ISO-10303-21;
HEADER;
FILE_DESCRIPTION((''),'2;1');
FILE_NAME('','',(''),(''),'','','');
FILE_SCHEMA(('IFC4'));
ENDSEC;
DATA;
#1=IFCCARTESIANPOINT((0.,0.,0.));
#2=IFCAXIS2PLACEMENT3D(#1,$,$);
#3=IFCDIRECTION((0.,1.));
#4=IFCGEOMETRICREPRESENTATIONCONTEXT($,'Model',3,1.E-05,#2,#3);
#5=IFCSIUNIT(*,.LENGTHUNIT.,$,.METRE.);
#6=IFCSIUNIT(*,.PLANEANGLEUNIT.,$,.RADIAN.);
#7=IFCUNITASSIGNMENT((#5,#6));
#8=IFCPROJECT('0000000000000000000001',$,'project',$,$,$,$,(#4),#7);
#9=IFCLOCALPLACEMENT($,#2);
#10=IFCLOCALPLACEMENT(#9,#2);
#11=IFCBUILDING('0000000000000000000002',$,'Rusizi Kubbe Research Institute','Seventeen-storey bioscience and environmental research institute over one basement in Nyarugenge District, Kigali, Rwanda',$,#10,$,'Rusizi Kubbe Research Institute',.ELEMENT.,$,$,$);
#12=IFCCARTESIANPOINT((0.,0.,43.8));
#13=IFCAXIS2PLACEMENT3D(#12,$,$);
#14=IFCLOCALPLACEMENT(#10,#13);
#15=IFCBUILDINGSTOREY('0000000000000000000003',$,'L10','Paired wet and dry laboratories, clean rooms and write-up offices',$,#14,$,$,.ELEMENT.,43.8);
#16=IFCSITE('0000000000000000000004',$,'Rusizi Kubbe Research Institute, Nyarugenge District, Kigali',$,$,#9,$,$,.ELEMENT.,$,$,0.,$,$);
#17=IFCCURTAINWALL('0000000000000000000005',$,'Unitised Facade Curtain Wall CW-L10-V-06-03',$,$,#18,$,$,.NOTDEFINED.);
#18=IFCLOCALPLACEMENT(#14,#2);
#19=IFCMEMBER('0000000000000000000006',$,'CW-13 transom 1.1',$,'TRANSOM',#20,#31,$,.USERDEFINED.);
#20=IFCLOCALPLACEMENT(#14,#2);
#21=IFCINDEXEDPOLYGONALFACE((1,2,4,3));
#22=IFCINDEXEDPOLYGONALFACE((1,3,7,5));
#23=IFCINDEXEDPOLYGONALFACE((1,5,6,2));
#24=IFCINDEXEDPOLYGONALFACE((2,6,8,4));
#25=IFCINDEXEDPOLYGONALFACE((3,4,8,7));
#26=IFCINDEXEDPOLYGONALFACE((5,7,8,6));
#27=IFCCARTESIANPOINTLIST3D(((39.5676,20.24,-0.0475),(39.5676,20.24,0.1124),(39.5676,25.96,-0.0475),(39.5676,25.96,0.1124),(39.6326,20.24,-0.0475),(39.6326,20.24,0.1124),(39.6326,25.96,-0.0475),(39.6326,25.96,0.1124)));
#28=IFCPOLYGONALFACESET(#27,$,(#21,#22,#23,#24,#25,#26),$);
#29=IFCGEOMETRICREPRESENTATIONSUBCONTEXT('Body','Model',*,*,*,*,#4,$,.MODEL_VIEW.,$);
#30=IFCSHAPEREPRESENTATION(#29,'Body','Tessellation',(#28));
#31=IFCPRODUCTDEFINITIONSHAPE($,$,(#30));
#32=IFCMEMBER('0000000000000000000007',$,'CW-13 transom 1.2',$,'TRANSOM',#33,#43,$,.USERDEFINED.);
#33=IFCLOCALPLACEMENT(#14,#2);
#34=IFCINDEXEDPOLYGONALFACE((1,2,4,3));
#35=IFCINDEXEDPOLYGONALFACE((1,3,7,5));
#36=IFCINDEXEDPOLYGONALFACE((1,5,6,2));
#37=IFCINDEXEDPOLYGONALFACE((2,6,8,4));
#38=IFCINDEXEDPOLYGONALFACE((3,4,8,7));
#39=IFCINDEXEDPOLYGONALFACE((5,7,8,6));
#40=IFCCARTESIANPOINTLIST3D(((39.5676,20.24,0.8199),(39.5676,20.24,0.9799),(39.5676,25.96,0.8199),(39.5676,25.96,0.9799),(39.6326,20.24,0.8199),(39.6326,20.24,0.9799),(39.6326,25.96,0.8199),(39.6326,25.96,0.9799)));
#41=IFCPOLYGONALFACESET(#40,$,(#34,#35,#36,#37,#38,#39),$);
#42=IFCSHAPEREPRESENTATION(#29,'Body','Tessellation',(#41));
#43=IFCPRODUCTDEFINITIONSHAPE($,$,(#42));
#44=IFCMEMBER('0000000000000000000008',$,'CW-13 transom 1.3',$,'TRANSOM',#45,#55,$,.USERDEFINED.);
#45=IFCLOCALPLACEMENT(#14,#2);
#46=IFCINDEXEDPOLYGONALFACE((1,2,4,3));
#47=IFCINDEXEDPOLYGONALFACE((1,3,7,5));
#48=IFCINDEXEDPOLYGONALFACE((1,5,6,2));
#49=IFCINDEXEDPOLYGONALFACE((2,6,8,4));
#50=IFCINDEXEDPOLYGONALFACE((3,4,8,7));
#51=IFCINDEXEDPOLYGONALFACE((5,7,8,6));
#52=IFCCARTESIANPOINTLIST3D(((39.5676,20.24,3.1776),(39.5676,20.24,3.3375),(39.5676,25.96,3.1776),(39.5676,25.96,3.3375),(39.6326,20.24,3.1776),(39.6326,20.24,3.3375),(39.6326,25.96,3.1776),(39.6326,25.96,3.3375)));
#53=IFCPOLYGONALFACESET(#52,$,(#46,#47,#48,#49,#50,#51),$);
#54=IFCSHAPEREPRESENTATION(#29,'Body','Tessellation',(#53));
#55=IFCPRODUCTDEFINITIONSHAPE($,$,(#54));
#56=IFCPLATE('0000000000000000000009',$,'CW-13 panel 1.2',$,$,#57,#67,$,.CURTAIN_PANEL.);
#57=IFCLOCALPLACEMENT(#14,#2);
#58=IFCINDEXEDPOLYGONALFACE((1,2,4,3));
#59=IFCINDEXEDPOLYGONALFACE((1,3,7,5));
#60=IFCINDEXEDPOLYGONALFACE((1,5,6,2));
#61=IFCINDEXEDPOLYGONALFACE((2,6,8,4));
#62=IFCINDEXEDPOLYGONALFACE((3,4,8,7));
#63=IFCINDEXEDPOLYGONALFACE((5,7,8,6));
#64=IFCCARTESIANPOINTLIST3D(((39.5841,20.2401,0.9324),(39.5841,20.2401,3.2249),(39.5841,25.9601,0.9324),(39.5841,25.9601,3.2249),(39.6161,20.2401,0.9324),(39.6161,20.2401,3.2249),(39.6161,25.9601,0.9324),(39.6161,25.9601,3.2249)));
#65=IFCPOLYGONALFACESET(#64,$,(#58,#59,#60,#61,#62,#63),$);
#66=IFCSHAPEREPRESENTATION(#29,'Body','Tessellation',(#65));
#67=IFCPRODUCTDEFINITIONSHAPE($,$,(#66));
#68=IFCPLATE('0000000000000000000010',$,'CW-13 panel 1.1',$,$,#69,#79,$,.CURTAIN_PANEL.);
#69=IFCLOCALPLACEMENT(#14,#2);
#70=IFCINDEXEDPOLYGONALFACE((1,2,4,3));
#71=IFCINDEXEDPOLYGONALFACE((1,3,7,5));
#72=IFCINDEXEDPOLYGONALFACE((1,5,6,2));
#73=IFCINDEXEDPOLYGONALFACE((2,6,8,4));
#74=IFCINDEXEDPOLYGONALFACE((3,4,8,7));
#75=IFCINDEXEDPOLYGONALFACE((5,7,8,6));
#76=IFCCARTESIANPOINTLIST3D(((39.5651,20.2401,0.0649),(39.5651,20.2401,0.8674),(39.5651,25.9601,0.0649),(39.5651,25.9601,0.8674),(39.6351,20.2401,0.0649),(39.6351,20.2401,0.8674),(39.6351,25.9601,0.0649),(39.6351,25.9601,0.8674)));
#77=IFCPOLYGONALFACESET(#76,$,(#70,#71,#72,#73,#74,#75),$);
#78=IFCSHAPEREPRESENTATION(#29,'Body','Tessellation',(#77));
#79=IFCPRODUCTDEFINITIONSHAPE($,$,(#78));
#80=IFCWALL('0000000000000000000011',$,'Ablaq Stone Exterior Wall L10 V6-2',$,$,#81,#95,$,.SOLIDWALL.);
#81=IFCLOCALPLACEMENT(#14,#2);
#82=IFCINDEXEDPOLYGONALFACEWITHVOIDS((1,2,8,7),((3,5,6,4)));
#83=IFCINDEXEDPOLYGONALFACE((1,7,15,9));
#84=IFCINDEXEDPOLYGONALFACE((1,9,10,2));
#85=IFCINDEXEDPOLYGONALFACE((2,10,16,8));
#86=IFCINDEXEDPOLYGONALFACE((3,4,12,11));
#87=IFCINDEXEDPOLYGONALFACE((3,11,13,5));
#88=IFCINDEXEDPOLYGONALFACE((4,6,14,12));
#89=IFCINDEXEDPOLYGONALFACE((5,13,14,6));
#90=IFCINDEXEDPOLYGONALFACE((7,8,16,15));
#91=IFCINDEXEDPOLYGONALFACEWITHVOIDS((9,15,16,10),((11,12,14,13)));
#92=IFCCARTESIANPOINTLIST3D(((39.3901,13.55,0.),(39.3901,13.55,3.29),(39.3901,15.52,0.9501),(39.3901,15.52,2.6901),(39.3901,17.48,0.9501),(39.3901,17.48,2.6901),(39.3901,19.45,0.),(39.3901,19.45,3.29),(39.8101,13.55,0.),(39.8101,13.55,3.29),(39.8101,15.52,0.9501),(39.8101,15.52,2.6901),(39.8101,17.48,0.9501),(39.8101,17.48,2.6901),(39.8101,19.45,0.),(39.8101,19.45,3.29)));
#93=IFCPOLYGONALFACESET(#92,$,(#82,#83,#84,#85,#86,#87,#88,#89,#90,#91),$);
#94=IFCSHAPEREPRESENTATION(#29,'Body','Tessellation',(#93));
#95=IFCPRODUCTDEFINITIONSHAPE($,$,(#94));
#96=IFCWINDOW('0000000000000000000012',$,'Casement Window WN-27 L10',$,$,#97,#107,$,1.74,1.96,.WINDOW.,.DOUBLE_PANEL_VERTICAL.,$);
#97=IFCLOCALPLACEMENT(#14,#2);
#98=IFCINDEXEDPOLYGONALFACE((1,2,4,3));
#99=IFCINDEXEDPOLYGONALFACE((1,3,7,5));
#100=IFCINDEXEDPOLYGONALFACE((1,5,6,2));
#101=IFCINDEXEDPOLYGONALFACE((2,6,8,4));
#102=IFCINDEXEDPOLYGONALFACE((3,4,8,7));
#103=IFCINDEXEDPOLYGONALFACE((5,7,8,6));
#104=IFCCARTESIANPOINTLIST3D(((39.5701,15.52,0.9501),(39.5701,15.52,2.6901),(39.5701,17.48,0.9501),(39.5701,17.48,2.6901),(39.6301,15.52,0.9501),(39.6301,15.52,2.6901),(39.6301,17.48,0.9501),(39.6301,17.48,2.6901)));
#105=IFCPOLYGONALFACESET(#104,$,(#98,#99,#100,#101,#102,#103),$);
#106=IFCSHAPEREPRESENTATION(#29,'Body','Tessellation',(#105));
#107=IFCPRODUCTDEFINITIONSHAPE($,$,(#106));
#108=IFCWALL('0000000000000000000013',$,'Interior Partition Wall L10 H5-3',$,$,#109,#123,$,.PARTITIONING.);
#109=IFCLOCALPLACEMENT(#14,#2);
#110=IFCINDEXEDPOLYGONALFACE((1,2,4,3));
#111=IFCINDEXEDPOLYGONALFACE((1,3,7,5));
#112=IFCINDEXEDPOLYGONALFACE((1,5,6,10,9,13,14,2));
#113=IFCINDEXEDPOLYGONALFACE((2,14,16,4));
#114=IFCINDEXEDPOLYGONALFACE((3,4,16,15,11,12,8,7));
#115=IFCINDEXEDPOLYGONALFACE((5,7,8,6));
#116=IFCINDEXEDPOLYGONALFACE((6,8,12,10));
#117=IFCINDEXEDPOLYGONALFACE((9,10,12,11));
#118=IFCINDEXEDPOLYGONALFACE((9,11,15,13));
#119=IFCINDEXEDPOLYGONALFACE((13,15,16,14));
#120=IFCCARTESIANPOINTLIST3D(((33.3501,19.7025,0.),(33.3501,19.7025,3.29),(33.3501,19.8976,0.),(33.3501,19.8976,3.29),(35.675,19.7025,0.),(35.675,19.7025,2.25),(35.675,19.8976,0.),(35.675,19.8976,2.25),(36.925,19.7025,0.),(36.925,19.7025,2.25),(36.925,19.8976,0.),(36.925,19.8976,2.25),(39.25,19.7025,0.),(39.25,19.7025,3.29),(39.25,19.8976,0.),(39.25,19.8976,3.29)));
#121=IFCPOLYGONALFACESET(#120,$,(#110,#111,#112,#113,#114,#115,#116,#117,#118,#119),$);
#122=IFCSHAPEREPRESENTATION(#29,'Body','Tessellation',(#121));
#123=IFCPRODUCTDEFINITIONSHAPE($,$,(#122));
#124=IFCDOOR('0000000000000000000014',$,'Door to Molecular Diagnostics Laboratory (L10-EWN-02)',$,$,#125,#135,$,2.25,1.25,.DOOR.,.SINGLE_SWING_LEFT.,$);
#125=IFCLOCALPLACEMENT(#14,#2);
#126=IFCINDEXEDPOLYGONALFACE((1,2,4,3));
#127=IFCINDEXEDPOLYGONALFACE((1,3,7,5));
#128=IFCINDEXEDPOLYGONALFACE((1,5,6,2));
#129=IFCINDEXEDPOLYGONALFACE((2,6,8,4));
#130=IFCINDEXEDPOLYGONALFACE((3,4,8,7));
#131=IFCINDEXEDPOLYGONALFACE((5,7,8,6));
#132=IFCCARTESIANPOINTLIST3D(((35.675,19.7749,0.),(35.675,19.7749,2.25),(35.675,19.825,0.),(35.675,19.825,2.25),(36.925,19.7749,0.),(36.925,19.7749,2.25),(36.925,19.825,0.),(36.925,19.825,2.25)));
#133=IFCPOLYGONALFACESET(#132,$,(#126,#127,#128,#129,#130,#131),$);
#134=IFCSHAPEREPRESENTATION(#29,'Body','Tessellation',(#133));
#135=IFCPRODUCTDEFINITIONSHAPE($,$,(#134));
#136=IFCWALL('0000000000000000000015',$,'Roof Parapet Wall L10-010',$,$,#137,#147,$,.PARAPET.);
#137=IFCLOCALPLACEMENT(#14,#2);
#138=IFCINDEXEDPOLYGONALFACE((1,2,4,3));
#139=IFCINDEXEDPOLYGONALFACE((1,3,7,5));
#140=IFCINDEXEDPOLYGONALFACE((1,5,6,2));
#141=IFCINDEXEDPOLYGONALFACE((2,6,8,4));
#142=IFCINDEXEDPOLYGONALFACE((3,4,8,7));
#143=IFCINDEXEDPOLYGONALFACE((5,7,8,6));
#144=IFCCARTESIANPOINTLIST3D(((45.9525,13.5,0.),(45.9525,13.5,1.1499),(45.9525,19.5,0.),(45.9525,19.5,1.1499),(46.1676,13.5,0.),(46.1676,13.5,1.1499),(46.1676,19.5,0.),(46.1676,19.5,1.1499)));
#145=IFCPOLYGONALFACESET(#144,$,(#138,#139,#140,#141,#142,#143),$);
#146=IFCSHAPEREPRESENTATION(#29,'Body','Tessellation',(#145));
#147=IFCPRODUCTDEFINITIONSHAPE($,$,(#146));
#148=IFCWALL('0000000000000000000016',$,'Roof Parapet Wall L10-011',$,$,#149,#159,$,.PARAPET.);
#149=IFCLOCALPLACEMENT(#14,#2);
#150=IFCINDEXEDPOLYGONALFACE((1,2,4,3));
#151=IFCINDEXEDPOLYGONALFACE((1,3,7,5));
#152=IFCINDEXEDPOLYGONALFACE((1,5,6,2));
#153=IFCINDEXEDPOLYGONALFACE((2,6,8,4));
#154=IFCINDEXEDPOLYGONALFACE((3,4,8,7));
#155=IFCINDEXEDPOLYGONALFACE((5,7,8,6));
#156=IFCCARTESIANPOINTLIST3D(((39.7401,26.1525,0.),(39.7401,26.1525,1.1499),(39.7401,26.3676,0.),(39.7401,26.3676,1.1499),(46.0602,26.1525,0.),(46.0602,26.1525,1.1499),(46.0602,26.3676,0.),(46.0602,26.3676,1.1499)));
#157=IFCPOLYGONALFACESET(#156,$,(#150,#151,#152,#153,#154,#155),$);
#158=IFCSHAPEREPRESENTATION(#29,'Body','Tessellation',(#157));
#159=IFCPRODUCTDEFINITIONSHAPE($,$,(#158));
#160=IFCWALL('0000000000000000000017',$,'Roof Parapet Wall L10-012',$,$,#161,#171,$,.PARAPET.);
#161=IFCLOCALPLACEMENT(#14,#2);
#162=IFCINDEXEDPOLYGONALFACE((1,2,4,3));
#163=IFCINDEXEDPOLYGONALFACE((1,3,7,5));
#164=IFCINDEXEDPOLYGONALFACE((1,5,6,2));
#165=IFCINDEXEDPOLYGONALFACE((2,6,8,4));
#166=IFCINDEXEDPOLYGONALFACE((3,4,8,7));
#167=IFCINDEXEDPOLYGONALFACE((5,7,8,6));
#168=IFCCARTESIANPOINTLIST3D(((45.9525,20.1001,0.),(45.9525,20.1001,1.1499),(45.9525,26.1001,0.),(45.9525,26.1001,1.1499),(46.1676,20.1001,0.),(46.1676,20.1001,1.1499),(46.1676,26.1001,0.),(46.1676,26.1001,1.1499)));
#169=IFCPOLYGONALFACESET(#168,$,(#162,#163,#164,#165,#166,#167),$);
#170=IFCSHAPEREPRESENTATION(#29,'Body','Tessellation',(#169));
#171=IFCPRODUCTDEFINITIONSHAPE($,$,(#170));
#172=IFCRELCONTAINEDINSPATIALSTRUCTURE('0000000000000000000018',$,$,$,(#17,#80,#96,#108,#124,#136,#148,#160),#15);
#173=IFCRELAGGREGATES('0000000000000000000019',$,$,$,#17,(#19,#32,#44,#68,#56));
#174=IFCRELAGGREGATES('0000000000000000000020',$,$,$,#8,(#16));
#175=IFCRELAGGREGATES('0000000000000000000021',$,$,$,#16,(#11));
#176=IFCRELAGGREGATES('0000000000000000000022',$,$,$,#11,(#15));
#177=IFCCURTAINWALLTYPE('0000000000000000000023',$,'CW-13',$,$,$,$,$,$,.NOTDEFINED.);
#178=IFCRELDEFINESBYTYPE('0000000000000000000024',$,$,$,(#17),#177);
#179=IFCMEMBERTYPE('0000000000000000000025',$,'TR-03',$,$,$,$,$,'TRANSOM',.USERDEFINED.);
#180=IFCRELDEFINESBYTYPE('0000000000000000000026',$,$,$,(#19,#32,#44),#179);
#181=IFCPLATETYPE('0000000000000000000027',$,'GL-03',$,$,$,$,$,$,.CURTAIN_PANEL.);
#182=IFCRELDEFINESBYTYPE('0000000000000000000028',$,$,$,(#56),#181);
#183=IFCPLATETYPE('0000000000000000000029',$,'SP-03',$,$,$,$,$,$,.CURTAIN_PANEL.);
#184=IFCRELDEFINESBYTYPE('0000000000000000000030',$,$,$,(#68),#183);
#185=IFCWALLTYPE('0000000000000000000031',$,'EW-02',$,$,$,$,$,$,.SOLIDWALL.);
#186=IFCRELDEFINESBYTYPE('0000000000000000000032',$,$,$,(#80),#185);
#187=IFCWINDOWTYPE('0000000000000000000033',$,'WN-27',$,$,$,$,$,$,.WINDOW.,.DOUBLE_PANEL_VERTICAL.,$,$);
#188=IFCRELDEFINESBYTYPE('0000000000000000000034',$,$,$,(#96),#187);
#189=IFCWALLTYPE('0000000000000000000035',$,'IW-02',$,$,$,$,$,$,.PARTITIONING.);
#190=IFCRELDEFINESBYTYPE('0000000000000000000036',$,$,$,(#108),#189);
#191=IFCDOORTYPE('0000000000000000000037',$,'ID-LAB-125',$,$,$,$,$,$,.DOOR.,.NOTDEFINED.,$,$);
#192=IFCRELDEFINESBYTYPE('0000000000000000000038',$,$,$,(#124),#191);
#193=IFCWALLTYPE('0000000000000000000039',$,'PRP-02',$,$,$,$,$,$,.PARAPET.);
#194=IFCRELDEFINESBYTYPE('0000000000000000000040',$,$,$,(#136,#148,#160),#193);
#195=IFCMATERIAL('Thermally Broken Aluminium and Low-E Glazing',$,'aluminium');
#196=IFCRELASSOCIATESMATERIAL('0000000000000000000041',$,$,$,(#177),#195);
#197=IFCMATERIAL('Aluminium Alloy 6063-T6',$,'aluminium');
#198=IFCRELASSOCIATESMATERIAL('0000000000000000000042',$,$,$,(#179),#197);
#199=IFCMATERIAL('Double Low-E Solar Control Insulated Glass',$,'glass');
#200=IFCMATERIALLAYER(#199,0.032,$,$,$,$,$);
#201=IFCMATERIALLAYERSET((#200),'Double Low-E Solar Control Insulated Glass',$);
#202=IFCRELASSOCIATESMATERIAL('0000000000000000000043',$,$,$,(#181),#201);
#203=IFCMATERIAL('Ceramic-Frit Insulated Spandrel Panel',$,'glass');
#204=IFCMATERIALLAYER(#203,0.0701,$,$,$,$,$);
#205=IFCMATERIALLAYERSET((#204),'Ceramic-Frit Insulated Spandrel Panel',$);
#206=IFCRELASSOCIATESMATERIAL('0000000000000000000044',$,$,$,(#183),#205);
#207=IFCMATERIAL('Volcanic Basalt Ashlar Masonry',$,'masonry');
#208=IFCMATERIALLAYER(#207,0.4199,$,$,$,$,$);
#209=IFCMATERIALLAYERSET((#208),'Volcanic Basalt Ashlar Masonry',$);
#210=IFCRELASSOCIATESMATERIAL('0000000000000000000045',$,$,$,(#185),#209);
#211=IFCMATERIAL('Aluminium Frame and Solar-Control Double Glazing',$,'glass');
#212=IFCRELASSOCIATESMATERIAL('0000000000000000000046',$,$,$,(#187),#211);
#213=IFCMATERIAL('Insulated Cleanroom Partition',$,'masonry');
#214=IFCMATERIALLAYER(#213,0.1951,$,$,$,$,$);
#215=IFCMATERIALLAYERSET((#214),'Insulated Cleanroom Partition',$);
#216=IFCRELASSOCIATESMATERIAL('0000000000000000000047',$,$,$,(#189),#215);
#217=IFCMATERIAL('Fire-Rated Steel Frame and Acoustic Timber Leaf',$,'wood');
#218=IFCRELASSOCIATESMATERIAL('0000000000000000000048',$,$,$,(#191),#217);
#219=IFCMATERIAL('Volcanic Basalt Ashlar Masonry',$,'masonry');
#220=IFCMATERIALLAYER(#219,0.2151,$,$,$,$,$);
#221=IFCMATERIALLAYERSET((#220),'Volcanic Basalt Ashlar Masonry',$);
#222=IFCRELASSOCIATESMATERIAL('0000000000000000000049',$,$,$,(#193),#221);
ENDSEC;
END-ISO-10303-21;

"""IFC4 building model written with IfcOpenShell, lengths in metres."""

from ifc_helpers import new_model, si_unit, direction, frame, frame_2d, origin, origin_2d, place, context, subcontext, project, spatial, rectangle, extrude, material, layer, layer_set, material_profile, profile_set, type_object, element, fill, aggregate, save


model = new_model("IFC4")

# Units and contexts
model_context = context("Model", 3, precision=1e-05, world=origin(), true_north=direction((0.0, 1.0)))
body_context = subcontext(model_context, "Body", "Model", "MODEL_VIEW")
ifc_project = project(units=[si_unit("LENGTHUNIT", "METRE"), si_unit("PLANEANGLEUNIT", "RADIAN")], contexts=[model_context])

# Site, building, storey
site_placement = place(None, origin())
site = spatial("IfcSite", under=ifc_project, at=site_placement, Name="Rusizi Kubbe Research Institute, Nyarugenge District, Kigali", CompositionType="ELEMENT", RefElevation=0.0)
building_placement = place(site_placement, origin())
building = spatial("IfcBuilding", under=site, at=building_placement, Name="Rusizi Kubbe Research Institute", Description="Seventeen-storey bioscience and environmental research institute over one basement in Nyarugenge District, Kigali, Rwanda", LongName="Rusizi Kubbe Research Institute", CompositionType="ELEMENT")
storey_placement = place(building_placement, frame((0.0, 0.0, 43.8)))
storey = spatial("IfcBuildingStorey", under=building, at=storey_placement, Name="L10", Description="Paired wet and dry laboratories, clean rooms and write-up offices", CompositionType="ELEMENT", Elevation=43.8)

# Curtain wall, members, plates
ifc_material_1 = material(Name="Thermally Broken Aluminium and Low-E Glazing", Category="aluminium")
curtain_wall_type = type_object("IfcCurtainWallType", Name="CW-13", PredefinedType="NOTDEFINED", material=ifc_material_1)
curtain_wall_placement = place(storey_placement, origin())
curtain_wall = element("IfcCurtainWall", 1, at=curtain_wall_placement, inside=storey, type_object=curtain_wall_type, Name="Unitised Facade Curtain Wall CW-L10-V-06-03", PredefinedType="NOTDEFINED")
ifc_material_2 = material(Name="Aluminium Alloy 6063-T6", Category="aluminium")
ifc_material_profile_1 = material_profile(ifc_material_2, rectangle(XDim=0.0649, YDim=0.1599, at=origin_2d()), Name="ALU-T 65x160")
ifc_profile_set_1 = profile_set([ifc_material_profile_1], Name="Aluminium Alloy 6063-T6")
member_type_1 = type_object("IfcMemberType", Name="TR-03", ElementType="TRANSOM", PredefinedType="USERDEFINED", material=ifc_profile_set_1)
member_1_placement = place(storey_placement, frame((39.6001, 20.24, 0.0325), z_axis=(0.0, 1.0, 0.0), x_axis=(-1.0, 0.0, 0.0)))
member_1 = element("IfcMember", 2, at=member_1_placement, type_object=member_type_1, Name="CW-13 transom 1.1", ObjectType="TRANSOM", PredefinedType="USERDEFINED", context=body_context, shape_type="SweptSolid", body=[
    extrude(rectangle(XDim=0.0649, YDim=0.1599, at=origin_2d()), origin(), (0.0, 0.0, 1.0), 5.72),
])
member_2_placement = place(storey_placement, frame((39.6001, 20.24, 0.8999), z_axis=(0.0, 1.0, 0.0), x_axis=(-1.0, 0.0, 0.0)))
member_2 = element("IfcMember", 3, at=member_2_placement, type_object=member_type_1, Name="CW-13 transom 1.2", ObjectType="TRANSOM", PredefinedType="USERDEFINED", context=body_context, shape_type="SweptSolid", body=[
    extrude(rectangle(XDim=0.0649, YDim=0.1599, at=origin_2d()), origin(), (0.0, 0.0, 1.0), 5.72),
])
member_3_placement = place(storey_placement, frame((39.6001, 20.24, 3.2576), z_axis=(0.0, 1.0, 0.0), x_axis=(-1.0, 0.0, 0.0)))
member_3 = element("IfcMember", 4, at=member_3_placement, type_object=member_type_1, Name="CW-13 transom 1.3", ObjectType="TRANSOM", PredefinedType="USERDEFINED", context=body_context, shape_type="SweptSolid", body=[
    extrude(rectangle(XDim=0.0649, YDim=0.1599, at=origin_2d()), origin(), (0.0, 0.0, 1.0), 5.72),
])
ifc_material_3 = material(Name="Double Low-E Solar Control Insulated Glass", Category="glass")
ifc_layer_1 = layer(ifc_material_3, 0.032)
ifc_layer_set_1 = layer_set([ifc_layer_1], Name="Double Low-E Solar Control Insulated Glass")
plate_type_1 = type_object("IfcPlateType", Name="GL-03", PredefinedType="CURTAIN_PANEL", material=ifc_layer_set_1)
plate_1_placement = place(storey_placement, frame((39.6001, 23.1001, 0.9324), z_axis=(0.0, 0.0, 1.0), x_axis=(0.0, 1.0, 0.0)))
plate_1 = element("IfcPlate", 5, at=plate_1_placement, type_object=plate_type_1, Name="CW-13 panel 1.2", PredefinedType="CURTAIN_PANEL", context=body_context, shape_type="SweptSolid", body=[
    extrude(rectangle(XDim=5.72, YDim=0.032, at=origin_2d()), origin(), (0.0, 0.0, 1.0), 2.2925),
])
ifc_material_4 = material(Name="Ceramic-Frit Insulated Spandrel Panel", Category="glass")
ifc_layer_2 = layer(ifc_material_4, 0.0701)
ifc_layer_set_2 = layer_set([ifc_layer_2], Name="Ceramic-Frit Insulated Spandrel Panel")
plate_type_2 = type_object("IfcPlateType", Name="SP-03", PredefinedType="CURTAIN_PANEL", material=ifc_layer_set_2)
plate_2_placement = place(storey_placement, frame((39.6001, 23.1001, 0.0649), z_axis=(0.0, 0.0, 1.0), x_axis=(0.0, 1.0, 0.0)))
plate_2 = element("IfcPlate", 6, at=plate_2_placement, type_object=plate_type_2, Name="CW-13 panel 1.1", PredefinedType="CURTAIN_PANEL", context=body_context, shape_type="SweptSolid", body=[
    extrude(rectangle(XDim=5.72, YDim=0.0701, at=origin_2d()), origin(), (0.0, 0.0, 1.0), 0.8025),
])
aggregate(curtain_wall, [member_1, member_2, member_3, plate_2, plate_1])

# Wall, opening, window
ifc_material_5 = material(Name="Volcanic Basalt Ashlar Masonry", Category="masonry")
ifc_layer_3 = layer(ifc_material_5, 0.4199)
ifc_layer_set_3 = layer_set([ifc_layer_3], Name="Volcanic Basalt Ashlar Masonry")
wall_type_1 = type_object("IfcWallType", Name="EW-02", PredefinedType="SOLIDWALL", material=ifc_layer_set_3)
wall_1_placement = place(storey_placement, frame((39.6001, 13.55, 0.0), z_axis=(0.0, 0.0, 1.0), x_axis=(0.0, 1.0, 0.0)))
wall_1 = element("IfcWall", 7, at=wall_1_placement, inside=storey, type_object=wall_type_1, Name="Ablaq Stone Exterior Wall L10 V6-2", PredefinedType="SOLIDWALL", context=body_context, shape_type="SweptSolid", body=[
    extrude(rectangle(XDim=5.8999, YDim=0.4199, at=frame_2d((2.95, 0.0))), origin(), (0.0, 0.0, 1.0), 3.29),
])
opening_1_placement = place(wall_1_placement, frame((1.97, 0.0, 0.95)))
opening_1 = element("IfcOpeningElement", 8, at=opening_1_placement, cuts=wall_1, PredefinedType="OPENING", context=body_context, shape_type="SweptSolid", body=[
    extrude(rectangle(XDim=1.96, YDim=1.74, at=frame_2d((0.98, 0.8701))), frame((0.0, 0.22, 0.0), z_axis=(0.0, -1.0, 0.0), x_axis=(1.0, 0.0, 0.0)), (0.0, 0.0, 1.0), 0.4399),
])
ifc_material_6 = material(Name="Aluminium Frame and Solar-Control Double Glazing", Category="glass")
window_type = type_object("IfcWindowType", Name="WN-27", PartitioningType="DOUBLE_PANEL_VERTICAL", PredefinedType="WINDOW", material=ifc_material_6)
window_placement = place(opening_1_placement, origin())
window = element("IfcWindow", 9, at=window_placement, inside=storey, type_object=window_type, Name="Casement Window WN-27 L10", OverallHeight=1.74, OverallWidth=1.96, PartitioningType="DOUBLE_PANEL_VERTICAL", PredefinedType="WINDOW", context=body_context, shape_type="SweptSolid", body=[
    extrude(rectangle(XDim=1.96, YDim=1.74, at=frame_2d((0.98, 0.8701))), frame((0.0, 0.03, 0.0), z_axis=(0.0, -1.0, 0.0), x_axis=(1.0, 0.0, 0.0)), (0.0, 0.0, 1.0), 0.0601),
])
fill(opening_1, window)

# Wall, opening, door
ifc_material_7 = material(Name="Insulated Cleanroom Partition", Category="masonry")
ifc_layer_4 = layer(ifc_material_7, 0.1951)
ifc_layer_set_4 = layer_set([ifc_layer_4], Name="Insulated Cleanroom Partition")
wall_type_2 = type_object("IfcWallType", Name="IW-02", PredefinedType="PARTITIONING", material=ifc_layer_set_4)
wall_2_placement = place(storey_placement, frame((33.3501, 19.8, 0.0), z_axis=(0.0, 0.0, 1.0), x_axis=(1.0, 0.0, 0.0)))
wall_2 = element("IfcWall", 10, at=wall_2_placement, inside=storey, type_object=wall_type_2, Name="Interior Partition Wall L10 H5-3", PredefinedType="PARTITIONING", context=body_context, shape_type="SweptSolid", body=[
    extrude(rectangle(XDim=5.8999, YDim=0.1951, at=frame_2d((2.95, 0.0))), origin(), (0.0, 0.0, 1.0), 3.29),
])
opening_2_placement = place(wall_2_placement, frame((2.325, 0.0, 0.0)))
opening_2 = element("IfcOpeningElement", 11, at=opening_2_placement, cuts=wall_2, PredefinedType="OPENING", context=body_context, shape_type="SweptSolid", body=[
    extrude(rectangle(XDim=1.25, YDim=2.25, at=frame_2d((0.625, 1.125))), frame((0.0, 0.1074, 0.0), z_axis=(0.0, -1.0, 0.0), x_axis=(1.0, 0.0, 0.0)), (0.0, 0.0, 1.0), 0.2151),
])
ifc_material_8 = material(Name="Fire-Rated Steel Frame and Acoustic Timber Leaf", Category="wood")
door_type = type_object("IfcDoorType", Name="ID-LAB-125", OperationType="NOTDEFINED", PredefinedType="DOOR", material=ifc_material_8)
door_placement = place(opening_2_placement, origin())
door = element("IfcDoor", 12, at=door_placement, inside=storey, type_object=door_type, Name="Door to Molecular Diagnostics Laboratory (L10-EWN-02)", OperationType="SINGLE_SWING_LEFT", OverallHeight=2.25, OverallWidth=1.25, PredefinedType="DOOR", context=body_context, shape_type="SweptSolid", body=[
    extrude(rectangle(XDim=1.25, YDim=2.25, at=frame_2d((0.625, 1.125))), frame((0.0, 0.0249, 0.0), z_axis=(0.0, -1.0, 0.0), x_axis=(1.0, 0.0, 0.0)), (0.0, 0.0, 1.0), 0.05),
])
fill(opening_2, door)

# Walls
ifc_material_9 = material(Name="Volcanic Basalt Ashlar Masonry", Category="masonry")
ifc_layer_5 = layer(ifc_material_9, 0.2151)
ifc_layer_set_5 = layer_set([ifc_layer_5], Name="Volcanic Basalt Ashlar Masonry")
wall_type_3 = type_object("IfcWallType", Name="PRP-02", PredefinedType="PARAPET", material=ifc_layer_set_5)
wall_3_placement = place(storey_placement, frame((46.0601, 13.5, 0.0), z_axis=(0.0, 0.0, 1.0), x_axis=(0.0, 1.0, 0.0)))
element("IfcWall", 13, at=wall_3_placement, inside=storey, type_object=wall_type_3, Name="Roof Parapet Wall L10-010", PredefinedType="PARAPET", context=body_context, shape_type="SweptSolid", body=[
    extrude(rectangle(XDim=6.0, YDim=0.2151, at=frame_2d((3.0, 0.0))), origin(), (0.0, 0.0, 1.0), 1.1499),
])
wall_4_placement = place(storey_placement, frame((39.74, 26.26, 0.0), z_axis=(0.0, 0.0, 1.0), x_axis=(1.0, 0.0, 0.0)))
element("IfcWall", 14, at=wall_4_placement, inside=storey, type_object=wall_type_3, Name="Roof Parapet Wall L10-011", PredefinedType="PARAPET", context=body_context, shape_type="SweptSolid", body=[
    extrude(rectangle(XDim=6.3201, YDim=0.2151, at=frame_2d((3.1602, 0.0))), origin(), (0.0, 0.0, 1.0), 1.1499),
])
wall_5_placement = place(storey_placement, frame((46.0601, 20.1001, 0.0), z_axis=(0.0, 0.0, 1.0), x_axis=(0.0, 1.0, 0.0)))
element("IfcWall", 15, at=wall_5_placement, inside=storey, type_object=wall_type_3, Name="Roof Parapet Wall L10-012", PredefinedType="PARAPET", context=body_context, shape_type="SweptSolid", body=[
    extrude(rectangle(XDim=6.0, YDim=0.2151, at=frame_2d((3.0, 0.0))), origin(), (0.0, 0.0, 1.0), 1.1499),
])

save(model, "model.ifc")
